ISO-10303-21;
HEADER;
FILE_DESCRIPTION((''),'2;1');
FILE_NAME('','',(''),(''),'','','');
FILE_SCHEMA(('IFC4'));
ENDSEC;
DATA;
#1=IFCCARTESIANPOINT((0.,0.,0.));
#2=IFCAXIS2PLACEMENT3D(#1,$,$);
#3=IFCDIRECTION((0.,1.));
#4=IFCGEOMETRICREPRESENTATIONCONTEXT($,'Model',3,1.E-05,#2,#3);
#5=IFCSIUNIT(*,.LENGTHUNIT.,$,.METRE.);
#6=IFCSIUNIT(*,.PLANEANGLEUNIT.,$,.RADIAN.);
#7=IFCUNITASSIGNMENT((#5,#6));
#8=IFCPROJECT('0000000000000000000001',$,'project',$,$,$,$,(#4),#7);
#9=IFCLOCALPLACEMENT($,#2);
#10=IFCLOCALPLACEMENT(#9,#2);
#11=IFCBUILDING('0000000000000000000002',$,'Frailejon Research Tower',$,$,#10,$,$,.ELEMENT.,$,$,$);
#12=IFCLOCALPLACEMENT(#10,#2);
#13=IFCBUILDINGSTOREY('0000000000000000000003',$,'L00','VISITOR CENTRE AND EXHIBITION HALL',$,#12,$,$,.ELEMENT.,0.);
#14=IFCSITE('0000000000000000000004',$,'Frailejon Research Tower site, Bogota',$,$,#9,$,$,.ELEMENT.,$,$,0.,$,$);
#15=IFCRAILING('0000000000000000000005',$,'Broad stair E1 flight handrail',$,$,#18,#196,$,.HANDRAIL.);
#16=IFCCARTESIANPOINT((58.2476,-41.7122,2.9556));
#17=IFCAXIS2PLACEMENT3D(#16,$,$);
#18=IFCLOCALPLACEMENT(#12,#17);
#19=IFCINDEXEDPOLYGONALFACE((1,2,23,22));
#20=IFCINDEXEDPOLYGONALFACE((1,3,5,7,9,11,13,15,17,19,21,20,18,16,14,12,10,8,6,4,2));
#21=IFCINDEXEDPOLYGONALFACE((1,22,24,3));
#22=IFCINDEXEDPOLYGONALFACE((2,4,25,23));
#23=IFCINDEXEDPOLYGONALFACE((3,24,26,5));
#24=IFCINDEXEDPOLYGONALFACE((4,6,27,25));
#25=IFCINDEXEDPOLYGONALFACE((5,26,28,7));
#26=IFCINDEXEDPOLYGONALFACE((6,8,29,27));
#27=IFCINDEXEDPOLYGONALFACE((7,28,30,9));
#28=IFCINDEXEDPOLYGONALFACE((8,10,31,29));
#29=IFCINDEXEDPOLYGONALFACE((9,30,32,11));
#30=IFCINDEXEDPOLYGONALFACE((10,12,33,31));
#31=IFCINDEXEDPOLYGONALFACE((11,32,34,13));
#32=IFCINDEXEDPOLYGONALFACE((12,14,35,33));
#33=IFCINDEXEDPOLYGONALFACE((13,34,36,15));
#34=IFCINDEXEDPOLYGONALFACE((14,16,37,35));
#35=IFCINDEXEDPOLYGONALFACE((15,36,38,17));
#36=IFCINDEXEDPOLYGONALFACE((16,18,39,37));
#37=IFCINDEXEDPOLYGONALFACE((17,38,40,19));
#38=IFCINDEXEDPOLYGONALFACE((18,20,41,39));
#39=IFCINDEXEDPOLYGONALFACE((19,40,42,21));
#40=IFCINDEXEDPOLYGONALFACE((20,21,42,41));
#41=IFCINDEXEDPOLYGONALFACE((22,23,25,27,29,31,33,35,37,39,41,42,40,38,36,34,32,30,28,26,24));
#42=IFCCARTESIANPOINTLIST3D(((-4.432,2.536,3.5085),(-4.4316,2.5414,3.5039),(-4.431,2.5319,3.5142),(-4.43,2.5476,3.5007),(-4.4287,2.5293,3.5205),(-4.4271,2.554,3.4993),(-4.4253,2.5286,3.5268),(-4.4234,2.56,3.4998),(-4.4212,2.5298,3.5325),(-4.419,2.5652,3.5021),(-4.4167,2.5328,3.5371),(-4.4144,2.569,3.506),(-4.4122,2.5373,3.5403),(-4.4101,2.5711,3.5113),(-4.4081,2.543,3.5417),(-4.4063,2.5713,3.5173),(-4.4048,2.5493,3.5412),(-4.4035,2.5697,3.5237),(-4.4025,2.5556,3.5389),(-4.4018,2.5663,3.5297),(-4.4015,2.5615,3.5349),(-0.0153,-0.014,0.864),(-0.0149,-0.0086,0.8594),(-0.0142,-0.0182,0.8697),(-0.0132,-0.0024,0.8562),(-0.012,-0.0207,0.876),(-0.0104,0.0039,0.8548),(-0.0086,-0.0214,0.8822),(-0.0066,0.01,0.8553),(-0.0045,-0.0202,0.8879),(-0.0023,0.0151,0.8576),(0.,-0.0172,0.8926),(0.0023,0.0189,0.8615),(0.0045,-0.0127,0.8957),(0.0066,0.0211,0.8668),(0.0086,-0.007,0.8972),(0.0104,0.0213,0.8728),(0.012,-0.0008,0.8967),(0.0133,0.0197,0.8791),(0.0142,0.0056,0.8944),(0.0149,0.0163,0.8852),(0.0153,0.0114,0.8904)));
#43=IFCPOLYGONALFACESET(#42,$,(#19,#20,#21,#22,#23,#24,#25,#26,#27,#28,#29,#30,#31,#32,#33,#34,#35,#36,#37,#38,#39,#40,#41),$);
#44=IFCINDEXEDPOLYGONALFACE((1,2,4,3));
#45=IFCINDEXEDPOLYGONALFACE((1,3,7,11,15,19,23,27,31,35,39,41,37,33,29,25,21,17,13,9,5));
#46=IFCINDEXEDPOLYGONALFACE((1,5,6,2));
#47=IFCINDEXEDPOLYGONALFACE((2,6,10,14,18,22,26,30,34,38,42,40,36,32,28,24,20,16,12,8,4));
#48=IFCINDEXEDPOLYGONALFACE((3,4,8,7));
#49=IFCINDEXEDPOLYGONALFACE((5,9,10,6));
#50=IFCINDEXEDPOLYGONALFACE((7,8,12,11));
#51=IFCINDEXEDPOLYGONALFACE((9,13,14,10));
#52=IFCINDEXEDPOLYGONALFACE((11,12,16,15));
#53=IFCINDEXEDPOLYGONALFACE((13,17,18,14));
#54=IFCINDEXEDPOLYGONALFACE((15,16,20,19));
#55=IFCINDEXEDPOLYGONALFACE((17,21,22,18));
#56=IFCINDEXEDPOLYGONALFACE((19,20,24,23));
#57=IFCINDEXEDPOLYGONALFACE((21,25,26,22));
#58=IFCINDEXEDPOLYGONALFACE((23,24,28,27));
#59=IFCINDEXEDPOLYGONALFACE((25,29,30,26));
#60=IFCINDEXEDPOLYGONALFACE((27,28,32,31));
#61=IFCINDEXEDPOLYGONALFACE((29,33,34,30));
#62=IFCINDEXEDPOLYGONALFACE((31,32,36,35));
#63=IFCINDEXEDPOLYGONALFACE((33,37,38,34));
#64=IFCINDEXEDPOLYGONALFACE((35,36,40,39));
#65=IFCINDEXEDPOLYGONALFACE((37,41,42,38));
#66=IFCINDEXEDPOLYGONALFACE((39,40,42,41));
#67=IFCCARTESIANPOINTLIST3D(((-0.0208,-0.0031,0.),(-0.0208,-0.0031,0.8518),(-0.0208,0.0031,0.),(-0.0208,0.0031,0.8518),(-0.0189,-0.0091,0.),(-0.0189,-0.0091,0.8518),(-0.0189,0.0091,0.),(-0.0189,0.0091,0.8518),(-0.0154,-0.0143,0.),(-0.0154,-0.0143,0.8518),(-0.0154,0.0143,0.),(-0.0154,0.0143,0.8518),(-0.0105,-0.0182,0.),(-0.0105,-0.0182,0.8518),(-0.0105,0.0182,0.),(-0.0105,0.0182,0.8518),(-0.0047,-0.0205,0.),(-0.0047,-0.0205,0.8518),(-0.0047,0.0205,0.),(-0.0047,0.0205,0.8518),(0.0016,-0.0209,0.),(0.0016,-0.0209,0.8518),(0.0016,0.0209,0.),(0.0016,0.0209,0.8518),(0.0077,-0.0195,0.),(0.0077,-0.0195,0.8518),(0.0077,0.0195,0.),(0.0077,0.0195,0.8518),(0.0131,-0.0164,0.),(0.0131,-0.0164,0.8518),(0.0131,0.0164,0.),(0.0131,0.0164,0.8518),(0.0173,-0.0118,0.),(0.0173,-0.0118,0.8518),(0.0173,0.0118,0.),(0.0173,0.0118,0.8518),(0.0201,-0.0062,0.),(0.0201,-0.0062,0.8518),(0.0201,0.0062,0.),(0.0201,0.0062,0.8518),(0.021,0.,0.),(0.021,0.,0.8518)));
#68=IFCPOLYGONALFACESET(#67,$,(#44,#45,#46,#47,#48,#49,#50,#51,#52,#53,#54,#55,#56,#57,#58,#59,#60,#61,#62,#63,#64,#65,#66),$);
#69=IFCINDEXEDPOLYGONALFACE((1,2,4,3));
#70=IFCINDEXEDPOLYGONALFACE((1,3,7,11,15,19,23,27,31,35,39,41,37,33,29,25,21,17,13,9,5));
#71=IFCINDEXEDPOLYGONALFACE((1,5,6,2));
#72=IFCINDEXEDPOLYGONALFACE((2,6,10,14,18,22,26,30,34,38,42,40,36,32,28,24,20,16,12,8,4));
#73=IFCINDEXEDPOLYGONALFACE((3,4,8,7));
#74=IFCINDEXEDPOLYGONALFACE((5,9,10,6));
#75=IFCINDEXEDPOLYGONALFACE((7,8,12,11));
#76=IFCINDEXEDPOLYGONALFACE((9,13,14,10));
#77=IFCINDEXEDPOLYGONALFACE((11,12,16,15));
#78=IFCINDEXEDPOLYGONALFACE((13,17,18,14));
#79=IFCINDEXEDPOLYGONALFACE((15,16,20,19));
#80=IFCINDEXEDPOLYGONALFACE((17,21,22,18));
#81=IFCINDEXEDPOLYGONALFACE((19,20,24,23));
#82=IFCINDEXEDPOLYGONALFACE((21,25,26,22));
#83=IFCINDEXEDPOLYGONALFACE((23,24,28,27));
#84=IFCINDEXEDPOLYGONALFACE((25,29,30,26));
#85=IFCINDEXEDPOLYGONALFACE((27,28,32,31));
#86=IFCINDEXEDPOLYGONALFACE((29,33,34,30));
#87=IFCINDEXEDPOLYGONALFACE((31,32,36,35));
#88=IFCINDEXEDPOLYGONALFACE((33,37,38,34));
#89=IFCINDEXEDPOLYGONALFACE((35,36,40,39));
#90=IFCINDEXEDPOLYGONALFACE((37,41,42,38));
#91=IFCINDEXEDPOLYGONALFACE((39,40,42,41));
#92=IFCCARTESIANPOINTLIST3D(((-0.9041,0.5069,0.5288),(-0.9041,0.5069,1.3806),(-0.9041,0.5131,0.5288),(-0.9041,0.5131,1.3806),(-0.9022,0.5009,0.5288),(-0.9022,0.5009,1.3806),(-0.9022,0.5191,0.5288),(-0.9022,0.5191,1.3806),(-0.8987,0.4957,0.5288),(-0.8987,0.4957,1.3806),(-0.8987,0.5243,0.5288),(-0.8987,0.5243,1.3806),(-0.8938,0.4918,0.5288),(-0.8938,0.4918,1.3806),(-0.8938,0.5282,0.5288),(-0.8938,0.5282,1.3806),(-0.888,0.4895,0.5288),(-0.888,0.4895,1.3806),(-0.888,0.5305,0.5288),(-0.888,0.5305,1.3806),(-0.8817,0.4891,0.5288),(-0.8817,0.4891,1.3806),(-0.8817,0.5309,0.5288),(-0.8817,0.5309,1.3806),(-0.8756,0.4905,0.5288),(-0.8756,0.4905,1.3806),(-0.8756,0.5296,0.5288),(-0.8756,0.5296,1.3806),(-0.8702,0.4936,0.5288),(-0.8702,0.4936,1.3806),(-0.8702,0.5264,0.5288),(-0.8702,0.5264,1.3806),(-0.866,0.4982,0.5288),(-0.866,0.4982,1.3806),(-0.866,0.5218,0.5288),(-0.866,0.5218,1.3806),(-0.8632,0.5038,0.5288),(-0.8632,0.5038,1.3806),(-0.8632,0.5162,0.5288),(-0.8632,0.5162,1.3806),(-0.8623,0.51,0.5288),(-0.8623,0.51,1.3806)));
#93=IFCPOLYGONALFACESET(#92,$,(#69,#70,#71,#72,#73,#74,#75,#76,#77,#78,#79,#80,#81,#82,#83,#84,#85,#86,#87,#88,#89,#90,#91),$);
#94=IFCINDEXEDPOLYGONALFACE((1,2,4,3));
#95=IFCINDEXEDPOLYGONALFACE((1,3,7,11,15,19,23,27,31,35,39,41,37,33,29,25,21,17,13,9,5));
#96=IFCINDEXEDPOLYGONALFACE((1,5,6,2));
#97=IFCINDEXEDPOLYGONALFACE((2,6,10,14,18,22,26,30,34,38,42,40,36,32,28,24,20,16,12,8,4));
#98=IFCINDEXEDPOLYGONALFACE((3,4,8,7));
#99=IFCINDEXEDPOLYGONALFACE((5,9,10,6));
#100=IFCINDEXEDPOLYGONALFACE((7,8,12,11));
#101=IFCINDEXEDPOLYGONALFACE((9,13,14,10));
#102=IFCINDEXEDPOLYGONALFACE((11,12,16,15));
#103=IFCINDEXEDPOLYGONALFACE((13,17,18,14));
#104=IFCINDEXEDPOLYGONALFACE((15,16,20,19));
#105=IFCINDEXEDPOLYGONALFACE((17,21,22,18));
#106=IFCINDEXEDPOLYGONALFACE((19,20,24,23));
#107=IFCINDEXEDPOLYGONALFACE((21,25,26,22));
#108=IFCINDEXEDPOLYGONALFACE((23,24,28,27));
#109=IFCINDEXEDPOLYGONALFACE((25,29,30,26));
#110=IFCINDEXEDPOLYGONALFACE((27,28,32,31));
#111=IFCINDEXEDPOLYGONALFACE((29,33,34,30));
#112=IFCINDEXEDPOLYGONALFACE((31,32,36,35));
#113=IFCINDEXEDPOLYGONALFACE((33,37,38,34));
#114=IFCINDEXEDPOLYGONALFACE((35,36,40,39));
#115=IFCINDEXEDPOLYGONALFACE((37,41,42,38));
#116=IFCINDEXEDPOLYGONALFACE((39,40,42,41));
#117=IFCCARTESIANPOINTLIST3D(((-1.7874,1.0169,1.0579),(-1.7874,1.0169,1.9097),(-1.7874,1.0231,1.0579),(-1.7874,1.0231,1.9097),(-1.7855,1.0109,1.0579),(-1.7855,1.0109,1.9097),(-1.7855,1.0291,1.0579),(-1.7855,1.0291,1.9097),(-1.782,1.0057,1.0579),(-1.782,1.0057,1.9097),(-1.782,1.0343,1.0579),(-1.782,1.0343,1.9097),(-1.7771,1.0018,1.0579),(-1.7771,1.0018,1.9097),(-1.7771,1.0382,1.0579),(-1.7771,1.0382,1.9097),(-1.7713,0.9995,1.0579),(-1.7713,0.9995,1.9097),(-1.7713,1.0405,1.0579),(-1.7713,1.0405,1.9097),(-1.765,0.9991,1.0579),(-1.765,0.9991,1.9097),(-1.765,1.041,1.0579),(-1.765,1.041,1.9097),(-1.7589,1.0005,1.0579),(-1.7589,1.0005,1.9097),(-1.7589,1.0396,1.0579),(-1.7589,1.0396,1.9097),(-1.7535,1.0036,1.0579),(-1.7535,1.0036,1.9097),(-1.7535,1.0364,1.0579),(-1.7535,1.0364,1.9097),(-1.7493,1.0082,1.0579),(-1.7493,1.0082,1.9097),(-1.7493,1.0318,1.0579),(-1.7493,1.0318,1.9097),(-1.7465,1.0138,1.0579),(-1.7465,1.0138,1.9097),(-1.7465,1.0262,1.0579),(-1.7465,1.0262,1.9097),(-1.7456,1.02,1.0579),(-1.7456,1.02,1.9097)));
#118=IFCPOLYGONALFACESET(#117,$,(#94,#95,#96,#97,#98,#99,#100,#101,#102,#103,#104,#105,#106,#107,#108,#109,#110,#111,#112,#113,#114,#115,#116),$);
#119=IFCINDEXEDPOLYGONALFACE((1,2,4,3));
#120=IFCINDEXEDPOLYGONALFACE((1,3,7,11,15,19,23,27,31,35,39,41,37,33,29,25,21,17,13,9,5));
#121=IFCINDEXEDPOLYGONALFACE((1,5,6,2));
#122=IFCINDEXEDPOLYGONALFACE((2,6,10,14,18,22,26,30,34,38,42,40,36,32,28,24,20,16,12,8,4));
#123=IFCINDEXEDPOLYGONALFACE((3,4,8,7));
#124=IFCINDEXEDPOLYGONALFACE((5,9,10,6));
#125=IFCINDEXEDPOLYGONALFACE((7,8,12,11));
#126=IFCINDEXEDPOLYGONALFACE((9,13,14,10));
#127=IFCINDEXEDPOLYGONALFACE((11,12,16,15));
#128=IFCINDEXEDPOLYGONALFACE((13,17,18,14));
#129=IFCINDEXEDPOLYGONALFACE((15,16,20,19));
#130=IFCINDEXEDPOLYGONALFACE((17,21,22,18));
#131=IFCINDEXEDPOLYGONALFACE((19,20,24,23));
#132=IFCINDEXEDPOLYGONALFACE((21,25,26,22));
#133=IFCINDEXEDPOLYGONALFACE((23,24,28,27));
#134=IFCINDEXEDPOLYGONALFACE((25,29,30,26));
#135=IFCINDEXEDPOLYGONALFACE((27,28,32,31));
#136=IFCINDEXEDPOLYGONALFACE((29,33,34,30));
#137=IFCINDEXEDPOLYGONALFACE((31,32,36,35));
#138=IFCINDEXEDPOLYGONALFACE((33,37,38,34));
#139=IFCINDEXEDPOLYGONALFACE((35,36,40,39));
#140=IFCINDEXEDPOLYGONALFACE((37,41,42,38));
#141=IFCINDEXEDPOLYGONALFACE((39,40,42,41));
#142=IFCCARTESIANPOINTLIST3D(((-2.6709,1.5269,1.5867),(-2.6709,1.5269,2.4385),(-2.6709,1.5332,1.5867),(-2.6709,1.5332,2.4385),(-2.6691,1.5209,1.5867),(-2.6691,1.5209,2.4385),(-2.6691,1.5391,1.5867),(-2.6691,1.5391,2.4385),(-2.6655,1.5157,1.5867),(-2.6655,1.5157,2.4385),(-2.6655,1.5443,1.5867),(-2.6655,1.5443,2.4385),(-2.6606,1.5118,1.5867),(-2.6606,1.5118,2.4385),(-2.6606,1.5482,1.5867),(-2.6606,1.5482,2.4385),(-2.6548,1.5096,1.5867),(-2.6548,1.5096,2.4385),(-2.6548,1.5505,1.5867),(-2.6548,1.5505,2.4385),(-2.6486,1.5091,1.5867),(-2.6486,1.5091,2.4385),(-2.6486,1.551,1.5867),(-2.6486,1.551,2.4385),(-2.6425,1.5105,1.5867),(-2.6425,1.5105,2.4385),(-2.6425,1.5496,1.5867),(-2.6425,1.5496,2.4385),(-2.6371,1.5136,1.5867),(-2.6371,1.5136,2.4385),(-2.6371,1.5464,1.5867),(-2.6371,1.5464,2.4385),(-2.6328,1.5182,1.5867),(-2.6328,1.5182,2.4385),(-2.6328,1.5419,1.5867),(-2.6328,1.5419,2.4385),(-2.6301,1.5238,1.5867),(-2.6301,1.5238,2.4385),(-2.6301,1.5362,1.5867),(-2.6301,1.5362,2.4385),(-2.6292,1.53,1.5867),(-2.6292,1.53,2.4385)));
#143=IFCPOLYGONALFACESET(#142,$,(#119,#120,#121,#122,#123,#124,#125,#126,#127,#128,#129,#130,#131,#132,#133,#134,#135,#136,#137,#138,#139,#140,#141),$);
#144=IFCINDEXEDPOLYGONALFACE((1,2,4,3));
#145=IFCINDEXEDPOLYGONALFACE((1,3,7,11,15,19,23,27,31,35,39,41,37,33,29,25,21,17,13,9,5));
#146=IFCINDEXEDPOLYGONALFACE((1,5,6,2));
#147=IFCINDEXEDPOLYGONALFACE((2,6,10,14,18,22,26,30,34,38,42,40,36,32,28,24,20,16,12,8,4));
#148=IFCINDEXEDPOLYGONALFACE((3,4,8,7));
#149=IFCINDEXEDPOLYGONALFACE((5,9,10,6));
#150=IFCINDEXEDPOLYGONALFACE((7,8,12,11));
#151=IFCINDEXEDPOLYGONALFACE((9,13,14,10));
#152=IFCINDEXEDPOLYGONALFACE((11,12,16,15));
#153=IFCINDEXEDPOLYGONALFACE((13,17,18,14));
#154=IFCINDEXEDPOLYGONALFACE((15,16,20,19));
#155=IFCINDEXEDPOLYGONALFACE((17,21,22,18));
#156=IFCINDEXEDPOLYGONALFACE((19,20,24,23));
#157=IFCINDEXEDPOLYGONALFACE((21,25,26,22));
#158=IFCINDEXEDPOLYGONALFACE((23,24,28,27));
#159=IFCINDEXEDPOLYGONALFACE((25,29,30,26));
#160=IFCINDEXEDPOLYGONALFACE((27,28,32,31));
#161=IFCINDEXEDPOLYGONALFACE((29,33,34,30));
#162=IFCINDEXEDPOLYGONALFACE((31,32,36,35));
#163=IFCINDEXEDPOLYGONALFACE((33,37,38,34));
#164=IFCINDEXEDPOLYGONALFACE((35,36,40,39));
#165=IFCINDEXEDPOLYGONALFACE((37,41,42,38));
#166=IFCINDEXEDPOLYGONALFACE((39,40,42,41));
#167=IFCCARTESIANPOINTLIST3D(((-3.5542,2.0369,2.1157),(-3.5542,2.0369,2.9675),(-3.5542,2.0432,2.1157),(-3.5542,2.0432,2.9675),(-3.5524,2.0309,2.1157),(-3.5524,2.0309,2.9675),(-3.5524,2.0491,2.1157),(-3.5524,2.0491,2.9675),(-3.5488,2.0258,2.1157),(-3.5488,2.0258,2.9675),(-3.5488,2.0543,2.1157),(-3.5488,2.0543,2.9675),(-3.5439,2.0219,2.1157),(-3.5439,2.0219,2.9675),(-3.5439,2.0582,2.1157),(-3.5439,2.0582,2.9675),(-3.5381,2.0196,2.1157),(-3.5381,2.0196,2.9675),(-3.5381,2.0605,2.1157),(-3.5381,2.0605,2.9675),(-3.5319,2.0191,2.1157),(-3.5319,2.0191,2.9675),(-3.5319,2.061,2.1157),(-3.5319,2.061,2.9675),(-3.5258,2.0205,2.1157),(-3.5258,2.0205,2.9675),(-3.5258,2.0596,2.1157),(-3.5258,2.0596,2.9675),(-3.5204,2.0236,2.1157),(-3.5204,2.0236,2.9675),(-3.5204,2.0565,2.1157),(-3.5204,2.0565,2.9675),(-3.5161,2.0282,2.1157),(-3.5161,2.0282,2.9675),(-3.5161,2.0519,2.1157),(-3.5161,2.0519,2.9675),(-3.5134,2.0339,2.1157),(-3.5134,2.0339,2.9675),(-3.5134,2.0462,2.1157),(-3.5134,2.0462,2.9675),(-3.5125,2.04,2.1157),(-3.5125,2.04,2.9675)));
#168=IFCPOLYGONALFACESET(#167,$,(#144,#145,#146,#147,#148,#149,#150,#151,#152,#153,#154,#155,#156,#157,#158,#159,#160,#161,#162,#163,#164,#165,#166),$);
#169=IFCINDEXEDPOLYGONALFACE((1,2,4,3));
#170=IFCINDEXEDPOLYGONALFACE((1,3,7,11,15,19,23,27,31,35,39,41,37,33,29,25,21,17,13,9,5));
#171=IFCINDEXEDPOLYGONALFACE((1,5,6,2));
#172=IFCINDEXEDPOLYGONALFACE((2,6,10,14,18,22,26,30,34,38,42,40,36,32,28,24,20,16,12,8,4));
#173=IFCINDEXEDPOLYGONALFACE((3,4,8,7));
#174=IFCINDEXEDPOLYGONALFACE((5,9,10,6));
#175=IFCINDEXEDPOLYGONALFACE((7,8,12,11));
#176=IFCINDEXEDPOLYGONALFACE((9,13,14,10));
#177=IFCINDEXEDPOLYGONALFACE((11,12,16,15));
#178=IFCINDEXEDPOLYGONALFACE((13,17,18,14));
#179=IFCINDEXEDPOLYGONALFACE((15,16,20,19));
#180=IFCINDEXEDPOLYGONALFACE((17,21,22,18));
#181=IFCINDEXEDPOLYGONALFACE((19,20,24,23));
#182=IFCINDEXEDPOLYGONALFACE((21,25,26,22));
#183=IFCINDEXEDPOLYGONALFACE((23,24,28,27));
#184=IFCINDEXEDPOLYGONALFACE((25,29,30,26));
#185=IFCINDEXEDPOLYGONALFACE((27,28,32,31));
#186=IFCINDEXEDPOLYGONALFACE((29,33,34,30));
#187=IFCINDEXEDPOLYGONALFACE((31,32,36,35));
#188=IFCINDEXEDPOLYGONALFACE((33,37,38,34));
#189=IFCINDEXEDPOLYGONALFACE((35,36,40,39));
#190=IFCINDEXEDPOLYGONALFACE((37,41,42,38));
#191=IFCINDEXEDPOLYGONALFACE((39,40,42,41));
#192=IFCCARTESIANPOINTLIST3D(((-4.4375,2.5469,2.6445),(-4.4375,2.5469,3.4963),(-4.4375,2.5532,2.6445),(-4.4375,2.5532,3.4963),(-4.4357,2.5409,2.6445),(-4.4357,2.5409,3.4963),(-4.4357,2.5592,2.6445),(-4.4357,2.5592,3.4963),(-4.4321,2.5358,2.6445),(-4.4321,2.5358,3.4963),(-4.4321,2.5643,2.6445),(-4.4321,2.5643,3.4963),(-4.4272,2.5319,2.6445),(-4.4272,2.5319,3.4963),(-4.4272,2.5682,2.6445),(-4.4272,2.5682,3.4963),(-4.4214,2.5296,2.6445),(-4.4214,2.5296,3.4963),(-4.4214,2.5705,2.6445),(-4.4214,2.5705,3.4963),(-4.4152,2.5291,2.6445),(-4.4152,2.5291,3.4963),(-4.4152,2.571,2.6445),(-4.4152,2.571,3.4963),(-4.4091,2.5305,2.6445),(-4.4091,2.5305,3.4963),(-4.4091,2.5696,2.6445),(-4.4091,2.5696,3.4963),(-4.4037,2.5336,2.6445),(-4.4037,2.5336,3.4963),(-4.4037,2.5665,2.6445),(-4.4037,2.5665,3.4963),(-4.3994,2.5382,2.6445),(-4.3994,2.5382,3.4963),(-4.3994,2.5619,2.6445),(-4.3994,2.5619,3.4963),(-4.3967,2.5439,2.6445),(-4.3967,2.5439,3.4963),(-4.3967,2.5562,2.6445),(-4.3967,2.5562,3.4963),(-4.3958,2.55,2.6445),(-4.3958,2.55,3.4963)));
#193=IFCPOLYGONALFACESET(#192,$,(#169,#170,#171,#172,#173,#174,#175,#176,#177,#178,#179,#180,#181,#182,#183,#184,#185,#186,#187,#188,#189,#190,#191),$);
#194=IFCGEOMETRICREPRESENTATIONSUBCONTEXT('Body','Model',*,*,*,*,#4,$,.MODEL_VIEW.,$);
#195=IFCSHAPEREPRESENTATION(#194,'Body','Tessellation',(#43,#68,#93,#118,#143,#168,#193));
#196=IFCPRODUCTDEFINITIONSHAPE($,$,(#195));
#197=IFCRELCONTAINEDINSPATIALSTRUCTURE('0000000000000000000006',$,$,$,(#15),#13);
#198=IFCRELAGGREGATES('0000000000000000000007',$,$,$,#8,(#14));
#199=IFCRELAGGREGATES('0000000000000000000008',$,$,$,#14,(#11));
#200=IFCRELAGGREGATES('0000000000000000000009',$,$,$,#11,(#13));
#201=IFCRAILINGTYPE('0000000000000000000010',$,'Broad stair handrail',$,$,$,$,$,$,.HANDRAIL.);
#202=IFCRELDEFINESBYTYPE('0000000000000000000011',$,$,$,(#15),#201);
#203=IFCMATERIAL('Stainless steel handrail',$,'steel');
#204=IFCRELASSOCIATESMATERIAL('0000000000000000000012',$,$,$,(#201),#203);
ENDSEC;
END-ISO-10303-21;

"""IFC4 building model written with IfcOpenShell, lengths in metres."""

from ifc_helpers import new_model, si_unit, direction, frame, origin, origin_2d, place, context, subcontext, project, spatial, circle, extrude, material, type_object, element, save


model = new_model("IFC4")

# Units and contexts
model_context = context("Model", 3, precision=1e-05, world=origin(), true_north=direction((0.0, 1.0)))
body_context = subcontext(model_context, "Body", "Model", "MODEL_VIEW")
ifc_project = project(units=[si_unit("LENGTHUNIT", "METRE"), si_unit("PLANEANGLEUNIT", "RADIAN")], contexts=[model_context])

# Site, building, storey
site_placement = place(None, origin())
site = spatial("IfcSite", under=ifc_project, at=site_placement, Name="Frailejon Research Tower site, Bogota", CompositionType="ELEMENT", RefElevation=0.0)
building_placement = place(site_placement, origin())
building = spatial("IfcBuilding", under=site, at=building_placement, Name="Frailejon Research Tower", CompositionType="ELEMENT")
storey_placement = place(building_placement, origin())
storey = spatial("IfcBuildingStorey", under=building, at=storey_placement, Name="L00", Description="VISITOR CENTRE AND EXHIBITION HALL", CompositionType="ELEMENT", Elevation=0.0)

# Railing
ifc_material_1 = material(Name="Stainless steel handrail", Category="steel")
railing_type_1 = type_object("IfcRailingType", Name="Broad stair handrail", PredefinedType="HANDRAIL", material=ifc_material_1)
for number, where, name in (
    (1, (58.2476, -41.7122, 2.9556), "Broad stair E1 flight handrail"),
):
    element("IfcRailing", number, at=place(storey_placement, frame(where)), inside=storey, type_object=railing_type_1, Name=name, PredefinedType="HANDRAIL", context=body_context, shape_type="SweptSolid", body=[
        extrude(circle(Radius=0.0239, at=origin_2d()), frame((0.0, 0.0, 0.876), z_axis=(-0.768811, 0.44388, 0.460326), x_axis=(-0.500006, -0.866022, 0.0)), (0.0, 0.0, 1.0), 5.7449),
        extrude(circle(Radius=0.021, at=origin_2d()), origin(), (0.0, 0.0, 1.0), 0.8518),
        extrude(circle(Radius=0.021, at=origin_2d()), frame((-0.8833, 0.51, 0.5288)), (0.0, 0.0, 1.0), 0.8518),
        extrude(circle(Radius=0.021, at=origin_2d()), frame((-1.7666, 1.02, 1.0579)), (0.0, 0.0, 1.0), 0.8518),
        extrude(circle(Radius=0.021, at=origin_2d()), frame((-2.6501, 1.53, 1.5867)), (0.0, 0.0, 1.0), 0.8518),
        extrude(circle(Radius=0.021, at=origin_2d()), frame((-3.5334, 2.04, 2.1157)), (0.0, 0.0, 1.0), 0.8518),
        extrude(circle(Radius=0.021, at=origin_2d()), frame((-4.4167, 2.55, 2.6445)), (0.0, 0.0, 1.0), 0.8518),
    ])

save(model, "model.ifc")
